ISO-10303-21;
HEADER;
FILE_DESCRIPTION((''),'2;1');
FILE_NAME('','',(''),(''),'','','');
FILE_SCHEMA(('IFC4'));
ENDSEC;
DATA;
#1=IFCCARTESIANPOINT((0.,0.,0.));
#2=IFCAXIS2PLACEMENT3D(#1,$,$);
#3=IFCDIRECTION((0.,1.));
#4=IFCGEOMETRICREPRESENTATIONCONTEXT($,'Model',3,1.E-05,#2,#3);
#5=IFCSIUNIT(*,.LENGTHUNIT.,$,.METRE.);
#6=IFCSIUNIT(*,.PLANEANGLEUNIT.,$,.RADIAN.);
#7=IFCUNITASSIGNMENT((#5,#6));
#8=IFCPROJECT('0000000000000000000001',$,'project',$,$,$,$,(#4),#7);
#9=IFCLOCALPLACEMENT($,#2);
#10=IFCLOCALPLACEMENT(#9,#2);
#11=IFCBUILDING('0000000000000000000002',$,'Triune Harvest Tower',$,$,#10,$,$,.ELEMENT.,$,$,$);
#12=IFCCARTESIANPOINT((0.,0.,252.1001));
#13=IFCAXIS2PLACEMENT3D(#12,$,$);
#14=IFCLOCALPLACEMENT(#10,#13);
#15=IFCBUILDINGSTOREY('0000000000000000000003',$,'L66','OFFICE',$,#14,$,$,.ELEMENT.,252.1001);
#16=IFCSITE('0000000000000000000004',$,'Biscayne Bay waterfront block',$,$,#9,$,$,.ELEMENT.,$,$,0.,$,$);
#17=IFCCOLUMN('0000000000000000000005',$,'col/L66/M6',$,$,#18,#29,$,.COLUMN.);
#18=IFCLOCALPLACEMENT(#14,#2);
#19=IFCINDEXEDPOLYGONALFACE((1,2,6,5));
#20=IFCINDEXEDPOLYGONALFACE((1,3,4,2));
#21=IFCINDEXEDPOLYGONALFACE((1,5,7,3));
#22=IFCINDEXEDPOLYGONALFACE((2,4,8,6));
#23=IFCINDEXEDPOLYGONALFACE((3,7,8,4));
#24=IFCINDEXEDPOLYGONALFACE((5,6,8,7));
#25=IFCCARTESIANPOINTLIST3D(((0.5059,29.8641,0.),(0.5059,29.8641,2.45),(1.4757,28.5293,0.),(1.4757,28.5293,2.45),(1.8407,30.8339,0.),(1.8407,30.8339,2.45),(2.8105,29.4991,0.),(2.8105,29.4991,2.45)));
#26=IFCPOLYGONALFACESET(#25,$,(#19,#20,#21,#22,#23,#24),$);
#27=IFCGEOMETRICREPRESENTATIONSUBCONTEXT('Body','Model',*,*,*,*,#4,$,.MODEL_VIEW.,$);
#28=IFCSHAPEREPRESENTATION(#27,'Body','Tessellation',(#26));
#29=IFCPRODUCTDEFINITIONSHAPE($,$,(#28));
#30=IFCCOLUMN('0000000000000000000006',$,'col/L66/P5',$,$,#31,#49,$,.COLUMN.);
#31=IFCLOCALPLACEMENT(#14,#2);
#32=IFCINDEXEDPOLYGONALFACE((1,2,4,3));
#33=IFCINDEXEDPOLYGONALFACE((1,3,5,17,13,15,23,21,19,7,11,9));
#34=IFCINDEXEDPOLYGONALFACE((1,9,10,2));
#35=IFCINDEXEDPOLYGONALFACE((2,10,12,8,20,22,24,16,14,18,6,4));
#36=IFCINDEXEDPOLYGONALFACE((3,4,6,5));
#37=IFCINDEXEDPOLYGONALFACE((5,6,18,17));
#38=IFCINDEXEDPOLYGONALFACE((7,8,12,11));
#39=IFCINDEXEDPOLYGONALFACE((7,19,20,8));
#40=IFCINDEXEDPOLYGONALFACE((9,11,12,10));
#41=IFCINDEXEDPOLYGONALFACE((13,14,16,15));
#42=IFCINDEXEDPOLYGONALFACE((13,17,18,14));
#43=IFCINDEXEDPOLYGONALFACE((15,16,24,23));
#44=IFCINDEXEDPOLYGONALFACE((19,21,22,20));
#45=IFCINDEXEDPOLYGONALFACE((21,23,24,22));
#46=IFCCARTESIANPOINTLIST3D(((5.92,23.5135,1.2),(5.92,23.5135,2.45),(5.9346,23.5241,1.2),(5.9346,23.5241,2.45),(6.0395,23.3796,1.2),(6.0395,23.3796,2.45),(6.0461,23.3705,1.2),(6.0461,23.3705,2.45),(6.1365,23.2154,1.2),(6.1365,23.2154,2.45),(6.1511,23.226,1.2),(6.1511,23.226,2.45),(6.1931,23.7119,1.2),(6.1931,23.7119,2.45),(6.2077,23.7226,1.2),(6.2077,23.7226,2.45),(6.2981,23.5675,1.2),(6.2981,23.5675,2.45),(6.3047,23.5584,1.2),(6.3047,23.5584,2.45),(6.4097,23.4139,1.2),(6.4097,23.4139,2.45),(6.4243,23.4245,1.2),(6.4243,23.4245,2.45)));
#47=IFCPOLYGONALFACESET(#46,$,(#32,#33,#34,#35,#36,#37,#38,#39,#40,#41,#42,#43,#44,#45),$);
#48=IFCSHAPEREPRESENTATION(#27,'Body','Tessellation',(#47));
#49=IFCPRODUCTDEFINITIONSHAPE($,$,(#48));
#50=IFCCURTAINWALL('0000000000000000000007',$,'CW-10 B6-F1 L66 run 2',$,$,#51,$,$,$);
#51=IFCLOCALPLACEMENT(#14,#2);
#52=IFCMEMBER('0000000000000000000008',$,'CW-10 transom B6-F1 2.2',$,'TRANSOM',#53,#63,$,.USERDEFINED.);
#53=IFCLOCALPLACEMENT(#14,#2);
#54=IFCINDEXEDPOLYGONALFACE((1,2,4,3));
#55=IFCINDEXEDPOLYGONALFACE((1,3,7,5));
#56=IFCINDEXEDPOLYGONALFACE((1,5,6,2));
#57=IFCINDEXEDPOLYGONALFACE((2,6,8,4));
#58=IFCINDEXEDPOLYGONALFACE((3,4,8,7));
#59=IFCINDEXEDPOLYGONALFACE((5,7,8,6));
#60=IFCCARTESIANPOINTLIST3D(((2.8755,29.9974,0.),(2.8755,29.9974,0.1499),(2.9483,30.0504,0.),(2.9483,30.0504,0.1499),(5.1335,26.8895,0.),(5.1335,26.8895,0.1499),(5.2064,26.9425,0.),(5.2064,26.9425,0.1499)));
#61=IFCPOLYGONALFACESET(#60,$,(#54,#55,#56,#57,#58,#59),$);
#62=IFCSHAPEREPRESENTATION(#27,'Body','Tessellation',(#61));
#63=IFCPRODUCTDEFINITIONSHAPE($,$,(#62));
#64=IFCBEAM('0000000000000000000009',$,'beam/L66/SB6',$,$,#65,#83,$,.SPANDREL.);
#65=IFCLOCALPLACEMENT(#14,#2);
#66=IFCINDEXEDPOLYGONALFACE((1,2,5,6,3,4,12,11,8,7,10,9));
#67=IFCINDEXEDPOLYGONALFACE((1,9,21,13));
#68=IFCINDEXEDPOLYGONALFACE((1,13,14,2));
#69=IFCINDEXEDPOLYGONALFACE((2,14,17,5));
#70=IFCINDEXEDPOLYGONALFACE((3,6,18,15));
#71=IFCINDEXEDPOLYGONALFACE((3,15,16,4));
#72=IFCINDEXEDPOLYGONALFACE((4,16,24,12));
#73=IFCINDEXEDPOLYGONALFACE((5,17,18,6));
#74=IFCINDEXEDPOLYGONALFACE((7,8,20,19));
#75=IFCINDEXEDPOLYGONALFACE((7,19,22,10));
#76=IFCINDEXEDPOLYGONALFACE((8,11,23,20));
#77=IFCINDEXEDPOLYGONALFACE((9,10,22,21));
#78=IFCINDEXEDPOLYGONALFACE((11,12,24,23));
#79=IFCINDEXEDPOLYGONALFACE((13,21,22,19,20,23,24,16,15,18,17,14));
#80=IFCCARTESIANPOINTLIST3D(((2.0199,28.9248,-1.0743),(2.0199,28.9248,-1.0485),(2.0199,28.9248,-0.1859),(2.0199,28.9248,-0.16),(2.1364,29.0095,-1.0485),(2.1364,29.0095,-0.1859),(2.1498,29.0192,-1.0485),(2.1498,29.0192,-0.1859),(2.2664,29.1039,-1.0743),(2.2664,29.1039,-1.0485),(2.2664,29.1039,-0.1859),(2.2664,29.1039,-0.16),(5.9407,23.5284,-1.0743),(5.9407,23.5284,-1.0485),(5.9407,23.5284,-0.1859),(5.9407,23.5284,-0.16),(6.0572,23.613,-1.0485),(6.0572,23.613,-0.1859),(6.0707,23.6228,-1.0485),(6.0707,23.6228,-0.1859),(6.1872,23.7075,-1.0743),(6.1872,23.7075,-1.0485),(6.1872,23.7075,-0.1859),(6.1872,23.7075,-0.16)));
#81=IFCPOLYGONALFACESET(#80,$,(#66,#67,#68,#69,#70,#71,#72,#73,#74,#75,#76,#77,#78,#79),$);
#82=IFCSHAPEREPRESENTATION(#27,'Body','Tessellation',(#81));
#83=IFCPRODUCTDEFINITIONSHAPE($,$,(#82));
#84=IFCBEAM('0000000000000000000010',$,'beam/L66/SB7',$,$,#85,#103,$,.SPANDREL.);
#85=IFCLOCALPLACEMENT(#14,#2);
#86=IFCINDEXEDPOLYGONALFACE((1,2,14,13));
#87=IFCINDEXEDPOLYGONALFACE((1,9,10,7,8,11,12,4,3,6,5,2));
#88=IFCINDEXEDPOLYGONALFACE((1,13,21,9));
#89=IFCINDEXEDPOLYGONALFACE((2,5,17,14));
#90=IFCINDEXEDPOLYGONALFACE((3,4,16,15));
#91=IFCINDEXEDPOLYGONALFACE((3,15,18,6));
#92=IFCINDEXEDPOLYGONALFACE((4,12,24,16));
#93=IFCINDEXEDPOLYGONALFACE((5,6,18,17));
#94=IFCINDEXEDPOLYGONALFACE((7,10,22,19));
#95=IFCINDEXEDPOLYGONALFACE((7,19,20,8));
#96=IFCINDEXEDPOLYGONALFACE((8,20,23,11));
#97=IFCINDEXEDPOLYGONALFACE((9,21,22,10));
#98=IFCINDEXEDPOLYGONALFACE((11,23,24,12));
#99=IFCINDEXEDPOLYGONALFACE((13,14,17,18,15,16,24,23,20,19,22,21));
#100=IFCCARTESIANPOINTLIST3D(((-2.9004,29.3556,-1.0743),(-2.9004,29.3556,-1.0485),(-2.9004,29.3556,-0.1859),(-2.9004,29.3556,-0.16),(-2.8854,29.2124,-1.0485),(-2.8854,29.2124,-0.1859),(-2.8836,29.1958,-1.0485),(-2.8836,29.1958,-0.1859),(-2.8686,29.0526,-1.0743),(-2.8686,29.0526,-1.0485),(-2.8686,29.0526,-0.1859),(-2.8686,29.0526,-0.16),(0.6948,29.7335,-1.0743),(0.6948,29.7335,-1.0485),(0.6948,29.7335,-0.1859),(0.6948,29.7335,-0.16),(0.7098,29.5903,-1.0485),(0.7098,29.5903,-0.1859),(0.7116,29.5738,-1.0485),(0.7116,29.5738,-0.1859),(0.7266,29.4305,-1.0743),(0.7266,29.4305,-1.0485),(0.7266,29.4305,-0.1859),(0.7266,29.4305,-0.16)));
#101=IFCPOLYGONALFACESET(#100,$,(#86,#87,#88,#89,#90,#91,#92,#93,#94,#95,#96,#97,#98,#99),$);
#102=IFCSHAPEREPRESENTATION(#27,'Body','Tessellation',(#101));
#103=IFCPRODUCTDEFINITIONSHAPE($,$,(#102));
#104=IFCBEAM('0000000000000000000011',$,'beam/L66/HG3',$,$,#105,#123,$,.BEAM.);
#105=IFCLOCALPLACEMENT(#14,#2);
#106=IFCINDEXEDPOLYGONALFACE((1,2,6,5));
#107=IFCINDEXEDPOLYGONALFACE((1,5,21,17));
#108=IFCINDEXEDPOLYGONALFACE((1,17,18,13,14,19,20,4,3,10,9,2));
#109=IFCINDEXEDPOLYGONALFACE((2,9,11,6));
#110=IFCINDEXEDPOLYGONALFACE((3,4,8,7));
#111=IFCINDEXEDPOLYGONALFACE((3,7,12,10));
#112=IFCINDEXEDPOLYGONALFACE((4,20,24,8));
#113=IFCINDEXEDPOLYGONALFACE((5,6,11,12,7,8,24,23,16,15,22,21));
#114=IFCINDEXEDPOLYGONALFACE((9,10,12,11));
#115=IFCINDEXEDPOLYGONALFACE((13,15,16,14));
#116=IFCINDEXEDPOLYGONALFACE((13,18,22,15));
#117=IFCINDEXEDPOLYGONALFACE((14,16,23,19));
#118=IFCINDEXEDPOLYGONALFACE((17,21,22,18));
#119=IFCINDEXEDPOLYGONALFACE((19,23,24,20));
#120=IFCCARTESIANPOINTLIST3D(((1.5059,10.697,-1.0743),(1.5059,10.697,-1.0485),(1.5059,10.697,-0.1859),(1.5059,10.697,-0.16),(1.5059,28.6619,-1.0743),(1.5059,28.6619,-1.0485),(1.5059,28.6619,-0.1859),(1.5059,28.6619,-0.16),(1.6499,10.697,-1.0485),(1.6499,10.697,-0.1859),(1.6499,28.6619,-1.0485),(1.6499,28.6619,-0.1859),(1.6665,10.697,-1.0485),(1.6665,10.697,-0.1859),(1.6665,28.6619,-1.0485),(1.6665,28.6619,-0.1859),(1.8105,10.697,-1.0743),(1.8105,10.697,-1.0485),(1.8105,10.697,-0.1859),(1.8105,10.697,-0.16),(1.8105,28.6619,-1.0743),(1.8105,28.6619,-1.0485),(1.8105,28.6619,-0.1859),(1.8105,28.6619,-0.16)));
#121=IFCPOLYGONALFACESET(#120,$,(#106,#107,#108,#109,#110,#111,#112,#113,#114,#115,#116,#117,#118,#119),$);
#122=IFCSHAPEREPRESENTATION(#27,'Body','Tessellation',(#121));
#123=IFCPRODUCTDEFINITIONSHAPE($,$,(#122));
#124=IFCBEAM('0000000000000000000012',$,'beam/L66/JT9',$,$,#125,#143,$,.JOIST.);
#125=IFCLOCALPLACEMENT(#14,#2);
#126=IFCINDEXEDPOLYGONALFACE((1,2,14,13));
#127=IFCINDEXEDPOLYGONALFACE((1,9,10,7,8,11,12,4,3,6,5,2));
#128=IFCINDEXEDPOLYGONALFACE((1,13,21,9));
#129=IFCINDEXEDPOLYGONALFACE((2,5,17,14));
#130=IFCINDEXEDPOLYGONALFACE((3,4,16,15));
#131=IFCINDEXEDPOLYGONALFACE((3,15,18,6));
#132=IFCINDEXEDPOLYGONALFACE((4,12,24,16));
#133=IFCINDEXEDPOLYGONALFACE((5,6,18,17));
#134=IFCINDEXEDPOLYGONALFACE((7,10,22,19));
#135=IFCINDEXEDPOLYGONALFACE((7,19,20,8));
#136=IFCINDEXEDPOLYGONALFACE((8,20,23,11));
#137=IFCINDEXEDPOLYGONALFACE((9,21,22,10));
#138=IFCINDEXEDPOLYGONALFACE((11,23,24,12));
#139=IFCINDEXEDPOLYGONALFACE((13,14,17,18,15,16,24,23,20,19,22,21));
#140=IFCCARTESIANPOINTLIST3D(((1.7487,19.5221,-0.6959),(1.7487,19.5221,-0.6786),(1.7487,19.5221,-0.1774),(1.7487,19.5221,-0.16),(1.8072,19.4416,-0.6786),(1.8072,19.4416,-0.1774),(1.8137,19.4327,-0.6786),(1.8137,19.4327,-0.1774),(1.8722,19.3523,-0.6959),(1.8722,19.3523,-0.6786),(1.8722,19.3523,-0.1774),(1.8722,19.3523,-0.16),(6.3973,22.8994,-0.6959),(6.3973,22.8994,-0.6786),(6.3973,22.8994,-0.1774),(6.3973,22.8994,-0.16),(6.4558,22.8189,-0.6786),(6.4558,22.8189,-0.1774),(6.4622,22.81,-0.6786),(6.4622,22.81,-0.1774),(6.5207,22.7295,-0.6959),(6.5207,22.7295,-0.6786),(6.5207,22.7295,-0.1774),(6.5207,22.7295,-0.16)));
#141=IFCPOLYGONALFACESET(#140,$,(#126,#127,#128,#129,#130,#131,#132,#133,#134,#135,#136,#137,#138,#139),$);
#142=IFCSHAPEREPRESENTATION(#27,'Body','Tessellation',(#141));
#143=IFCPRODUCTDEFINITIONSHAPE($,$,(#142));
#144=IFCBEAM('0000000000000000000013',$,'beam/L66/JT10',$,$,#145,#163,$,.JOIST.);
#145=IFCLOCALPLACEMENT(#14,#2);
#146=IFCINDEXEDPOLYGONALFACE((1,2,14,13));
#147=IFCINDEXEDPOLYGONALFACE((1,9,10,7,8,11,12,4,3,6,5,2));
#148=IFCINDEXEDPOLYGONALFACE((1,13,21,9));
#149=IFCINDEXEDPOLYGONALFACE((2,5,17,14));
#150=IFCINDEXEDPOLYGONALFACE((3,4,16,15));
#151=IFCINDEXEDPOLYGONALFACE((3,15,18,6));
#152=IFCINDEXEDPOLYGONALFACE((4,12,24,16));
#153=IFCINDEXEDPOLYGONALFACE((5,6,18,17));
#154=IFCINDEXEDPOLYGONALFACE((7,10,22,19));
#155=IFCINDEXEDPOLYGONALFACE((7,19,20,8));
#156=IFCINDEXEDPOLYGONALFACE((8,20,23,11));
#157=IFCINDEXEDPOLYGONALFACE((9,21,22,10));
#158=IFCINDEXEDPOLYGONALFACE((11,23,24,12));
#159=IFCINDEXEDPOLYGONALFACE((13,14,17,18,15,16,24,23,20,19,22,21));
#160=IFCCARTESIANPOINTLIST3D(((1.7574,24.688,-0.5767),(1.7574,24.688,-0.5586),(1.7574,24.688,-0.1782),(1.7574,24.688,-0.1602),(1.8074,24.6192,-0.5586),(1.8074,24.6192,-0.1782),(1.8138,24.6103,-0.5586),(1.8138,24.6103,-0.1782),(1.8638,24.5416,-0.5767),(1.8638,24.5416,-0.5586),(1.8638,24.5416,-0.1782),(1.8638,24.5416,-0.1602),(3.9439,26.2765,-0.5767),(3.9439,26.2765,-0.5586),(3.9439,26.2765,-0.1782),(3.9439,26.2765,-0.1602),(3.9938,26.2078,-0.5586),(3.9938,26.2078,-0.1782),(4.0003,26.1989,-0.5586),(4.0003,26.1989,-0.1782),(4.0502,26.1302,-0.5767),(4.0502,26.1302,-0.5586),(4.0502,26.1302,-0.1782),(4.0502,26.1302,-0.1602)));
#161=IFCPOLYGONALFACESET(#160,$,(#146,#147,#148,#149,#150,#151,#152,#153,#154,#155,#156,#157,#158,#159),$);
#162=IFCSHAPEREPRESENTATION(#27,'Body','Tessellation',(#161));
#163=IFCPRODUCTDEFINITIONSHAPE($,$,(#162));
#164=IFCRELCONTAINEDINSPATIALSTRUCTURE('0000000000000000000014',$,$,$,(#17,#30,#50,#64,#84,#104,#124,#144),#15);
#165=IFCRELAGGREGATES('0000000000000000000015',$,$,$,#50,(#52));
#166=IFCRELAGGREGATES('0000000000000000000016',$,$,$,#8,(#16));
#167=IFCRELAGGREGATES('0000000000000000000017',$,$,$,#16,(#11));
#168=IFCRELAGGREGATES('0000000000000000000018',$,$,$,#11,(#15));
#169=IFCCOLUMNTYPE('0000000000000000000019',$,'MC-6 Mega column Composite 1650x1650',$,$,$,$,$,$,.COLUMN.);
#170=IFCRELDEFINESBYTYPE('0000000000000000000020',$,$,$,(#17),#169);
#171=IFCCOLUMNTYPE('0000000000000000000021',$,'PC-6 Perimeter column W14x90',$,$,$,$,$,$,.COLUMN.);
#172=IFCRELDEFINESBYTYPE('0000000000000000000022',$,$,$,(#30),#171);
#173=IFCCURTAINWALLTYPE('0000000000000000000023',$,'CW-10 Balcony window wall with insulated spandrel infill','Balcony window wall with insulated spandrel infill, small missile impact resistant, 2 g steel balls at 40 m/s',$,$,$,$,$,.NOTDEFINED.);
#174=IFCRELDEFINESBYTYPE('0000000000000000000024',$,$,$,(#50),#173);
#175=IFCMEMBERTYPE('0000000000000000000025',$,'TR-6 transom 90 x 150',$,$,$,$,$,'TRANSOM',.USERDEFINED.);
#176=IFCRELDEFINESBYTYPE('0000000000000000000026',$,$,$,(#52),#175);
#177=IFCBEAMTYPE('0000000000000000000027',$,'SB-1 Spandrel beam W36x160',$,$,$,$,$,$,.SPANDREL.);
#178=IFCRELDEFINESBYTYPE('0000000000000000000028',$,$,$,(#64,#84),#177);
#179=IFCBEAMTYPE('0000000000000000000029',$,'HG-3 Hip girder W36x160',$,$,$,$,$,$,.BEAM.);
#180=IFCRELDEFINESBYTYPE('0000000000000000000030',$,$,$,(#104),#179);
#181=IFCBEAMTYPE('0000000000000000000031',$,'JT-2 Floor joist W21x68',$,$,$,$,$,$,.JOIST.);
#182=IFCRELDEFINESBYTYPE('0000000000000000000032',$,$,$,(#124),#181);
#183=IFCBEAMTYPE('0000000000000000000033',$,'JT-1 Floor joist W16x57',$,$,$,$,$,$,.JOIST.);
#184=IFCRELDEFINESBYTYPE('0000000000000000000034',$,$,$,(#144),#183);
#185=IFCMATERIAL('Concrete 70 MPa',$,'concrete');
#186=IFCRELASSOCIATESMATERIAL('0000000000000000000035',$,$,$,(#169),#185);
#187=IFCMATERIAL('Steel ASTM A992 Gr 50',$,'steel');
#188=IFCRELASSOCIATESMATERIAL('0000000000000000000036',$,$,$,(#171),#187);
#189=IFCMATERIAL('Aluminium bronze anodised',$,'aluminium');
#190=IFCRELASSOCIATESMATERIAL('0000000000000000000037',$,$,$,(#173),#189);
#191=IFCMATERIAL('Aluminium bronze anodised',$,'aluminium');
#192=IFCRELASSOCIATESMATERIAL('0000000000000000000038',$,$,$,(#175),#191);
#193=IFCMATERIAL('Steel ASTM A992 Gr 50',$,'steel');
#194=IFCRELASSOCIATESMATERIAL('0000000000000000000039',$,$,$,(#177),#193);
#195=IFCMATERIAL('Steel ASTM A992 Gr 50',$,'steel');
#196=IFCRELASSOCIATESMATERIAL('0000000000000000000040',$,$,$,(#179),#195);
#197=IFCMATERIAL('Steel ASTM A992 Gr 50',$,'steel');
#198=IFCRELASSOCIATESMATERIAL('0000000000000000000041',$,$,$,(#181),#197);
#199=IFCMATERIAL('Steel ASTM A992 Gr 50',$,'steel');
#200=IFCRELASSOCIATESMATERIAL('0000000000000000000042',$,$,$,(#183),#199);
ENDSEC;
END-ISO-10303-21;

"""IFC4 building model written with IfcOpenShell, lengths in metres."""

from ifc_helpers import new_model, si_unit, direction, frame, origin, origin_2d, place, context, subcontext, project, spatial, rectangle, i_section, extrude, source, transform, mapped, material, material_profile, profile_set, type_object, element, aggregate, save


model = new_model("IFC4")

# Units and contexts
model_context = context("Model", 3, precision=1e-05, world=origin(), true_north=direction((0.0, 1.0)))
body_context = subcontext(model_context, "Body", "Model", "MODEL_VIEW")
ifc_project = project(units=[si_unit("LENGTHUNIT", "METRE"), si_unit("PLANEANGLEUNIT", "RADIAN")], contexts=[model_context])

# Site, building, storey
site_placement = place(None, origin())
site = spatial("IfcSite", under=ifc_project, at=site_placement, Name="Biscayne Bay waterfront block", CompositionType="ELEMENT", RefElevation=0.0)
building_placement = place(site_placement, origin())
building = spatial("IfcBuilding", under=site, at=building_placement, Name="Triune Harvest Tower", CompositionType="ELEMENT")
storey_placement = place(building_placement, frame((0.0, 0.0, 252.1001)))
storey = spatial("IfcBuildingStorey", under=building, at=storey_placement, Name="L66", Description="OFFICE", CompositionType="ELEMENT", Elevation=252.1001)

# Columns
ifc_material_1 = material(Name="Concrete 70 MPa", Category="concrete")
ifc_material_profile_1 = material_profile(ifc_material_1, rectangle(XDim=1.6499, YDim=1.6499, at=origin_2d()), Name="Composite 1650x1650")
ifc_profile_set_1 = profile_set([ifc_material_profile_1], Name="Concrete 70 MPa")
column_type_1 = type_object("IfcColumnType", Name="MC-6 Mega column Composite 1650x1650", PredefinedType="COLUMN", material=ifc_profile_set_1)
shared_shape_1 = source(origin(), body_context, "Body", "SweptSolid", [
    extrude(rectangle(XDim=1.6499, YDim=1.6499, at=origin_2d()), origin(), (0.0, 0.0, 1.0), 2.45),
])
column_1_placement = place(storey_placement, frame((1.6582, 29.6816, 0.0), z_axis=(0.0, 0.0, 1.0), x_axis=(-0.587785, 0.809017, 0.0)))
element("IfcColumn", 1, at=column_1_placement, inside=storey, type_object=column_type_1, Name="col/L66/M6", PredefinedType="COLUMN", context=body_context, shape_type="MappedRepresentation", body=[
    mapped(shared_shape_1, transform((0.0, 0.0, 0.0), scale=1.0)),
])
ifc_material_2 = material(Name="Steel ASTM A992 Gr 50", Category="steel")
ifc_material_profile_2 = material_profile(ifc_material_2, i_section(OverallWidth=0.3684, OverallDepth=0.3557, WebThickness=0.0112, FlangeThickness=0.0181, at=origin_2d()), Name="W14x90")
ifc_profile_set_2 = profile_set([ifc_material_profile_2], Name="Steel ASTM A992 Gr 50")
column_type_2 = type_object("IfcColumnType", Name="PC-6 Perimeter column W14x90", PredefinedType="COLUMN", material=ifc_profile_set_2)
shared_shape_2 = source(origin(), body_context, "Body", "SweptSolid", [
    extrude(i_section(OverallWidth=0.3684, OverallDepth=0.3557, WebThickness=0.0112, FlangeThickness=0.0181, at=origin_2d()), origin(), (0.0, 0.0, 1.0), 1.25),
])
column_2_placement = place(storey_placement, frame((6.1721, 23.469, 1.2), z_axis=(0.0, 0.0, 1.0), x_axis=(-0.587785, 0.809017, 0.0)))
element("IfcColumn", 2, at=column_2_placement, inside=storey, type_object=column_type_2, Name="col/L66/P5", PredefinedType="COLUMN", context=body_context, shape_type="MappedRepresentation", body=[
    mapped(shared_shape_2, transform((0.0, 0.0, 0.0), scale=1.0)),
])

# Curtain wall, member
ifc_material_3 = material(Name="Aluminium bronze anodised", Category="aluminium")
curtain_wall_type_1 = type_object("IfcCurtainWallType", Name="CW-10 Balcony window wall with insulated spandrel infill", Description="Balcony window wall with insulated spandrel infill, small missile impact resistant, 2 g steel balls at 40 m/s", PredefinedType="NOTDEFINED", material=ifc_material_3)
curtain_wall_1_placement = place(storey_placement, origin())
curtain_wall_1 = element("IfcCurtainWall", 3, at=curtain_wall_1_placement, inside=storey, type_object=curtain_wall_type_1, Name="CW-10 B6-F1 L66 run 2")
ifc_material_4 = material(Name="Aluminium bronze anodised", Category="aluminium")
ifc_material_profile_3 = material_profile(ifc_material_4, rectangle(XDim=0.0901, YDim=0.1499, at=origin_2d()), Name="TR-6 transom 90 x 150")
ifc_profile_set_3 = profile_set([ifc_material_profile_3], Name="Aluminium bronze anodised")
member_type_1 = type_object("IfcMemberType", Name="TR-6 transom 90 x 150", ElementType="TRANSOM", PredefinedType="USERDEFINED", material=ifc_profile_set_3)
member_1_placement = place(storey_placement, frame((5.1699, 26.916, 0.075), z_axis=(-0.58779, 0.809014, 0.0), x_axis=(-0.809014, -0.58779, 0.0)))
member_1 = element("IfcMember", 4, at=member_1_placement, type_object=member_type_1, Name="CW-10 transom B6-F1 2.2", ObjectType="TRANSOM", PredefinedType="USERDEFINED", context=body_context, shape_type="SweptSolid", body=[
    extrude(rectangle(XDim=0.0901, YDim=0.1499, at=origin_2d()), origin(), (0.0, 0.0, 1.0), 3.8416),
])

# Beams
ifc_material_5 = material(Name="Steel ASTM A992 Gr 50", Category="steel")
ifc_material_profile_4 = material_profile(ifc_material_5, i_section(OverallWidth=0.3047, OverallDepth=0.9143, WebThickness=0.0166, FlangeThickness=0.0259, at=origin_2d()), Name="W36x160")
ifc_profile_set_4 = profile_set([ifc_material_profile_4], Name="Steel ASTM A992 Gr 50")
beam_type_1 = type_object("IfcBeamType", Name="SB-1 Spandrel beam W36x160", PredefinedType="SPANDREL", material=ifc_profile_set_4)
shared_shape_3 = source(origin(), body_context, "Body", "SweptSolid", [
    extrude(i_section(OverallWidth=0.3047, OverallDepth=0.9143, WebThickness=0.0166, FlangeThickness=0.0259, at=origin_2d()), origin(), (0.0, 0.0, 1.0), 6.6704),
])
beam_1_placement = place(storey_placement, frame((6.064, 23.6179, -0.6172), z_axis=(-0.587797, 0.809008, 0.0), x_axis=(-0.809008, -0.587797, 0.0)))
element("IfcBeam", 5, at=beam_1_placement, inside=storey, type_object=beam_type_1, Name="beam/L66/SB6", PredefinedType="SPANDREL", context=body_context, shape_type="MappedRepresentation", body=[
    mapped(shared_shape_3, transform((0.0, 0.0, 0.0), scale=1.0)),
])
shared_shape_4 = source(origin(), body_context, "Body", "SweptSolid", [
    extrude(i_section(OverallWidth=0.3047, OverallDepth=0.9143, WebThickness=0.0166, FlangeThickness=0.0259, at=origin_2d()), origin(), (0.0, 0.0, 1.0), 3.615),
])
beam_2_placement = place(storey_placement, frame((0.7107, 29.582, -0.6172), z_axis=(-0.99452, -0.104544, 0.0), x_axis=(0.104544, -0.99452, 0.0)))
element("IfcBeam", 6, at=beam_2_placement, inside=storey, type_object=beam_type_1, Name="beam/L66/SB7", PredefinedType="SPANDREL", context=body_context, shape_type="MappedRepresentation", body=[
    mapped(shared_shape_4, transform((0.0, 0.0, 0.0), scale=1.0)),
])
ifc_material_6 = material(Name="Steel ASTM A992 Gr 50", Category="steel")
ifc_material_profile_5 = material_profile(ifc_material_6, i_section(OverallWidth=0.3047, OverallDepth=0.9143, WebThickness=0.0166, FlangeThickness=0.0259, at=origin_2d()), Name="W36x160")
ifc_profile_set_5 = profile_set([ifc_material_profile_5], Name="Steel ASTM A992 Gr 50")
beam_type_2 = type_object("IfcBeamType", Name="HG-3 Hip girder W36x160", PredefinedType="BEAM", material=ifc_profile_set_5)
shared_shape_5 = source(origin(), body_context, "Body", "SweptSolid", [
    extrude(i_section(OverallWidth=0.3047, OverallDepth=0.9143, WebThickness=0.0166, FlangeThickness=0.0259, at=origin_2d()), origin(), (0.0, 0.0, 1.0), 17.9648),
])
beam_3_placement = place(storey_placement, frame((1.6582, 28.6619, -0.6172), z_axis=(0.0, -1.0, 0.0), x_axis=(1.0, 0.0, 0.0)))
element("IfcBeam", 7, at=beam_3_placement, inside=storey, type_object=beam_type_2, Name="beam/L66/HG3", PredefinedType="BEAM", context=body_context, shape_type="MappedRepresentation", body=[
    mapped(shared_shape_5, transform((0.0, 0.0, 0.0), scale=1.0)),
])
ifc_material_7 = material(Name="Steel ASTM A992 Gr 50", Category="steel")
ifc_material_profile_6 = material_profile(ifc_material_7, i_section(OverallWidth=0.21, OverallDepth=0.5359, WebThickness=0.011, FlangeThickness=0.0173, at=origin_2d()), Name="W21x68")
ifc_profile_set_6 = profile_set([ifc_material_profile_6], Name="Steel ASTM A992 Gr 50")
beam_type_3 = type_object("IfcBeamType", Name="JT-2 Floor joist W21x68", PredefinedType="JOIST", material=ifc_profile_set_6)
shared_shape_6 = source(origin(), body_context, "Body", "SweptSolid", [
    extrude(i_section(OverallWidth=0.21, OverallDepth=0.5359, WebThickness=0.011, FlangeThickness=0.0173, at=origin_2d()), origin(), (0.0, 0.0, 1.0), 5.7458),
])
beam_4_placement = place(storey_placement, frame((6.459, 22.8145, -0.428), z_axis=(-0.809024, -0.587775, 0.0), x_axis=(0.587775, -0.809024, 0.0)))
element("IfcBeam", 8, at=beam_4_placement, inside=storey, type_object=beam_type_3, Name="beam/L66/JT9", PredefinedType="JOIST", context=body_context, shape_type="MappedRepresentation", body=[
    mapped(shared_shape_6, transform((0.0, 0.0, 0.0), scale=1.0)),
])
ifc_material_8 = material(Name="Steel ASTM A992 Gr 50", Category="steel")
ifc_material_profile_7 = material_profile(ifc_material_8, i_section(OverallWidth=0.1809, OverallDepth=0.4165, WebThickness=0.011, FlangeThickness=0.0181, at=origin_2d()), Name="W16x57")
ifc_profile_set_7 = profile_set([ifc_material_profile_7], Name="Steel ASTM A992 Gr 50")
beam_type_4 = type_object("IfcBeamType", Name="JT-1 Floor joist W16x57", PredefinedType="JOIST", material=ifc_profile_set_7)
shared_shape_7 = source(origin(), body_context, "Body", "SweptSolid", [
    extrude(i_section(OverallWidth=0.1809, OverallDepth=0.4165, WebThickness=0.011, FlangeThickness=0.0181, at=origin_2d()), origin(), (0.0, 0.0, 1.0), 2.7026),
])
beam_5_placement = place(storey_placement, frame((3.9971, 26.2034, -0.3684), z_axis=(-0.809013, -0.58779, 0.0), x_axis=(0.58779, -0.809013, 0.0)))
element("IfcBeam", 9, at=beam_5_placement, inside=storey, type_object=beam_type_4, Name="beam/L66/JT10", PredefinedType="JOIST", context=body_context, shape_type="MappedRepresentation", body=[
    mapped(shared_shape_7, transform((0.0, 0.0, 0.0), scale=1.0)),
])

aggregate(curtain_wall_1, [member_1])

save(model, "model.ifc")
